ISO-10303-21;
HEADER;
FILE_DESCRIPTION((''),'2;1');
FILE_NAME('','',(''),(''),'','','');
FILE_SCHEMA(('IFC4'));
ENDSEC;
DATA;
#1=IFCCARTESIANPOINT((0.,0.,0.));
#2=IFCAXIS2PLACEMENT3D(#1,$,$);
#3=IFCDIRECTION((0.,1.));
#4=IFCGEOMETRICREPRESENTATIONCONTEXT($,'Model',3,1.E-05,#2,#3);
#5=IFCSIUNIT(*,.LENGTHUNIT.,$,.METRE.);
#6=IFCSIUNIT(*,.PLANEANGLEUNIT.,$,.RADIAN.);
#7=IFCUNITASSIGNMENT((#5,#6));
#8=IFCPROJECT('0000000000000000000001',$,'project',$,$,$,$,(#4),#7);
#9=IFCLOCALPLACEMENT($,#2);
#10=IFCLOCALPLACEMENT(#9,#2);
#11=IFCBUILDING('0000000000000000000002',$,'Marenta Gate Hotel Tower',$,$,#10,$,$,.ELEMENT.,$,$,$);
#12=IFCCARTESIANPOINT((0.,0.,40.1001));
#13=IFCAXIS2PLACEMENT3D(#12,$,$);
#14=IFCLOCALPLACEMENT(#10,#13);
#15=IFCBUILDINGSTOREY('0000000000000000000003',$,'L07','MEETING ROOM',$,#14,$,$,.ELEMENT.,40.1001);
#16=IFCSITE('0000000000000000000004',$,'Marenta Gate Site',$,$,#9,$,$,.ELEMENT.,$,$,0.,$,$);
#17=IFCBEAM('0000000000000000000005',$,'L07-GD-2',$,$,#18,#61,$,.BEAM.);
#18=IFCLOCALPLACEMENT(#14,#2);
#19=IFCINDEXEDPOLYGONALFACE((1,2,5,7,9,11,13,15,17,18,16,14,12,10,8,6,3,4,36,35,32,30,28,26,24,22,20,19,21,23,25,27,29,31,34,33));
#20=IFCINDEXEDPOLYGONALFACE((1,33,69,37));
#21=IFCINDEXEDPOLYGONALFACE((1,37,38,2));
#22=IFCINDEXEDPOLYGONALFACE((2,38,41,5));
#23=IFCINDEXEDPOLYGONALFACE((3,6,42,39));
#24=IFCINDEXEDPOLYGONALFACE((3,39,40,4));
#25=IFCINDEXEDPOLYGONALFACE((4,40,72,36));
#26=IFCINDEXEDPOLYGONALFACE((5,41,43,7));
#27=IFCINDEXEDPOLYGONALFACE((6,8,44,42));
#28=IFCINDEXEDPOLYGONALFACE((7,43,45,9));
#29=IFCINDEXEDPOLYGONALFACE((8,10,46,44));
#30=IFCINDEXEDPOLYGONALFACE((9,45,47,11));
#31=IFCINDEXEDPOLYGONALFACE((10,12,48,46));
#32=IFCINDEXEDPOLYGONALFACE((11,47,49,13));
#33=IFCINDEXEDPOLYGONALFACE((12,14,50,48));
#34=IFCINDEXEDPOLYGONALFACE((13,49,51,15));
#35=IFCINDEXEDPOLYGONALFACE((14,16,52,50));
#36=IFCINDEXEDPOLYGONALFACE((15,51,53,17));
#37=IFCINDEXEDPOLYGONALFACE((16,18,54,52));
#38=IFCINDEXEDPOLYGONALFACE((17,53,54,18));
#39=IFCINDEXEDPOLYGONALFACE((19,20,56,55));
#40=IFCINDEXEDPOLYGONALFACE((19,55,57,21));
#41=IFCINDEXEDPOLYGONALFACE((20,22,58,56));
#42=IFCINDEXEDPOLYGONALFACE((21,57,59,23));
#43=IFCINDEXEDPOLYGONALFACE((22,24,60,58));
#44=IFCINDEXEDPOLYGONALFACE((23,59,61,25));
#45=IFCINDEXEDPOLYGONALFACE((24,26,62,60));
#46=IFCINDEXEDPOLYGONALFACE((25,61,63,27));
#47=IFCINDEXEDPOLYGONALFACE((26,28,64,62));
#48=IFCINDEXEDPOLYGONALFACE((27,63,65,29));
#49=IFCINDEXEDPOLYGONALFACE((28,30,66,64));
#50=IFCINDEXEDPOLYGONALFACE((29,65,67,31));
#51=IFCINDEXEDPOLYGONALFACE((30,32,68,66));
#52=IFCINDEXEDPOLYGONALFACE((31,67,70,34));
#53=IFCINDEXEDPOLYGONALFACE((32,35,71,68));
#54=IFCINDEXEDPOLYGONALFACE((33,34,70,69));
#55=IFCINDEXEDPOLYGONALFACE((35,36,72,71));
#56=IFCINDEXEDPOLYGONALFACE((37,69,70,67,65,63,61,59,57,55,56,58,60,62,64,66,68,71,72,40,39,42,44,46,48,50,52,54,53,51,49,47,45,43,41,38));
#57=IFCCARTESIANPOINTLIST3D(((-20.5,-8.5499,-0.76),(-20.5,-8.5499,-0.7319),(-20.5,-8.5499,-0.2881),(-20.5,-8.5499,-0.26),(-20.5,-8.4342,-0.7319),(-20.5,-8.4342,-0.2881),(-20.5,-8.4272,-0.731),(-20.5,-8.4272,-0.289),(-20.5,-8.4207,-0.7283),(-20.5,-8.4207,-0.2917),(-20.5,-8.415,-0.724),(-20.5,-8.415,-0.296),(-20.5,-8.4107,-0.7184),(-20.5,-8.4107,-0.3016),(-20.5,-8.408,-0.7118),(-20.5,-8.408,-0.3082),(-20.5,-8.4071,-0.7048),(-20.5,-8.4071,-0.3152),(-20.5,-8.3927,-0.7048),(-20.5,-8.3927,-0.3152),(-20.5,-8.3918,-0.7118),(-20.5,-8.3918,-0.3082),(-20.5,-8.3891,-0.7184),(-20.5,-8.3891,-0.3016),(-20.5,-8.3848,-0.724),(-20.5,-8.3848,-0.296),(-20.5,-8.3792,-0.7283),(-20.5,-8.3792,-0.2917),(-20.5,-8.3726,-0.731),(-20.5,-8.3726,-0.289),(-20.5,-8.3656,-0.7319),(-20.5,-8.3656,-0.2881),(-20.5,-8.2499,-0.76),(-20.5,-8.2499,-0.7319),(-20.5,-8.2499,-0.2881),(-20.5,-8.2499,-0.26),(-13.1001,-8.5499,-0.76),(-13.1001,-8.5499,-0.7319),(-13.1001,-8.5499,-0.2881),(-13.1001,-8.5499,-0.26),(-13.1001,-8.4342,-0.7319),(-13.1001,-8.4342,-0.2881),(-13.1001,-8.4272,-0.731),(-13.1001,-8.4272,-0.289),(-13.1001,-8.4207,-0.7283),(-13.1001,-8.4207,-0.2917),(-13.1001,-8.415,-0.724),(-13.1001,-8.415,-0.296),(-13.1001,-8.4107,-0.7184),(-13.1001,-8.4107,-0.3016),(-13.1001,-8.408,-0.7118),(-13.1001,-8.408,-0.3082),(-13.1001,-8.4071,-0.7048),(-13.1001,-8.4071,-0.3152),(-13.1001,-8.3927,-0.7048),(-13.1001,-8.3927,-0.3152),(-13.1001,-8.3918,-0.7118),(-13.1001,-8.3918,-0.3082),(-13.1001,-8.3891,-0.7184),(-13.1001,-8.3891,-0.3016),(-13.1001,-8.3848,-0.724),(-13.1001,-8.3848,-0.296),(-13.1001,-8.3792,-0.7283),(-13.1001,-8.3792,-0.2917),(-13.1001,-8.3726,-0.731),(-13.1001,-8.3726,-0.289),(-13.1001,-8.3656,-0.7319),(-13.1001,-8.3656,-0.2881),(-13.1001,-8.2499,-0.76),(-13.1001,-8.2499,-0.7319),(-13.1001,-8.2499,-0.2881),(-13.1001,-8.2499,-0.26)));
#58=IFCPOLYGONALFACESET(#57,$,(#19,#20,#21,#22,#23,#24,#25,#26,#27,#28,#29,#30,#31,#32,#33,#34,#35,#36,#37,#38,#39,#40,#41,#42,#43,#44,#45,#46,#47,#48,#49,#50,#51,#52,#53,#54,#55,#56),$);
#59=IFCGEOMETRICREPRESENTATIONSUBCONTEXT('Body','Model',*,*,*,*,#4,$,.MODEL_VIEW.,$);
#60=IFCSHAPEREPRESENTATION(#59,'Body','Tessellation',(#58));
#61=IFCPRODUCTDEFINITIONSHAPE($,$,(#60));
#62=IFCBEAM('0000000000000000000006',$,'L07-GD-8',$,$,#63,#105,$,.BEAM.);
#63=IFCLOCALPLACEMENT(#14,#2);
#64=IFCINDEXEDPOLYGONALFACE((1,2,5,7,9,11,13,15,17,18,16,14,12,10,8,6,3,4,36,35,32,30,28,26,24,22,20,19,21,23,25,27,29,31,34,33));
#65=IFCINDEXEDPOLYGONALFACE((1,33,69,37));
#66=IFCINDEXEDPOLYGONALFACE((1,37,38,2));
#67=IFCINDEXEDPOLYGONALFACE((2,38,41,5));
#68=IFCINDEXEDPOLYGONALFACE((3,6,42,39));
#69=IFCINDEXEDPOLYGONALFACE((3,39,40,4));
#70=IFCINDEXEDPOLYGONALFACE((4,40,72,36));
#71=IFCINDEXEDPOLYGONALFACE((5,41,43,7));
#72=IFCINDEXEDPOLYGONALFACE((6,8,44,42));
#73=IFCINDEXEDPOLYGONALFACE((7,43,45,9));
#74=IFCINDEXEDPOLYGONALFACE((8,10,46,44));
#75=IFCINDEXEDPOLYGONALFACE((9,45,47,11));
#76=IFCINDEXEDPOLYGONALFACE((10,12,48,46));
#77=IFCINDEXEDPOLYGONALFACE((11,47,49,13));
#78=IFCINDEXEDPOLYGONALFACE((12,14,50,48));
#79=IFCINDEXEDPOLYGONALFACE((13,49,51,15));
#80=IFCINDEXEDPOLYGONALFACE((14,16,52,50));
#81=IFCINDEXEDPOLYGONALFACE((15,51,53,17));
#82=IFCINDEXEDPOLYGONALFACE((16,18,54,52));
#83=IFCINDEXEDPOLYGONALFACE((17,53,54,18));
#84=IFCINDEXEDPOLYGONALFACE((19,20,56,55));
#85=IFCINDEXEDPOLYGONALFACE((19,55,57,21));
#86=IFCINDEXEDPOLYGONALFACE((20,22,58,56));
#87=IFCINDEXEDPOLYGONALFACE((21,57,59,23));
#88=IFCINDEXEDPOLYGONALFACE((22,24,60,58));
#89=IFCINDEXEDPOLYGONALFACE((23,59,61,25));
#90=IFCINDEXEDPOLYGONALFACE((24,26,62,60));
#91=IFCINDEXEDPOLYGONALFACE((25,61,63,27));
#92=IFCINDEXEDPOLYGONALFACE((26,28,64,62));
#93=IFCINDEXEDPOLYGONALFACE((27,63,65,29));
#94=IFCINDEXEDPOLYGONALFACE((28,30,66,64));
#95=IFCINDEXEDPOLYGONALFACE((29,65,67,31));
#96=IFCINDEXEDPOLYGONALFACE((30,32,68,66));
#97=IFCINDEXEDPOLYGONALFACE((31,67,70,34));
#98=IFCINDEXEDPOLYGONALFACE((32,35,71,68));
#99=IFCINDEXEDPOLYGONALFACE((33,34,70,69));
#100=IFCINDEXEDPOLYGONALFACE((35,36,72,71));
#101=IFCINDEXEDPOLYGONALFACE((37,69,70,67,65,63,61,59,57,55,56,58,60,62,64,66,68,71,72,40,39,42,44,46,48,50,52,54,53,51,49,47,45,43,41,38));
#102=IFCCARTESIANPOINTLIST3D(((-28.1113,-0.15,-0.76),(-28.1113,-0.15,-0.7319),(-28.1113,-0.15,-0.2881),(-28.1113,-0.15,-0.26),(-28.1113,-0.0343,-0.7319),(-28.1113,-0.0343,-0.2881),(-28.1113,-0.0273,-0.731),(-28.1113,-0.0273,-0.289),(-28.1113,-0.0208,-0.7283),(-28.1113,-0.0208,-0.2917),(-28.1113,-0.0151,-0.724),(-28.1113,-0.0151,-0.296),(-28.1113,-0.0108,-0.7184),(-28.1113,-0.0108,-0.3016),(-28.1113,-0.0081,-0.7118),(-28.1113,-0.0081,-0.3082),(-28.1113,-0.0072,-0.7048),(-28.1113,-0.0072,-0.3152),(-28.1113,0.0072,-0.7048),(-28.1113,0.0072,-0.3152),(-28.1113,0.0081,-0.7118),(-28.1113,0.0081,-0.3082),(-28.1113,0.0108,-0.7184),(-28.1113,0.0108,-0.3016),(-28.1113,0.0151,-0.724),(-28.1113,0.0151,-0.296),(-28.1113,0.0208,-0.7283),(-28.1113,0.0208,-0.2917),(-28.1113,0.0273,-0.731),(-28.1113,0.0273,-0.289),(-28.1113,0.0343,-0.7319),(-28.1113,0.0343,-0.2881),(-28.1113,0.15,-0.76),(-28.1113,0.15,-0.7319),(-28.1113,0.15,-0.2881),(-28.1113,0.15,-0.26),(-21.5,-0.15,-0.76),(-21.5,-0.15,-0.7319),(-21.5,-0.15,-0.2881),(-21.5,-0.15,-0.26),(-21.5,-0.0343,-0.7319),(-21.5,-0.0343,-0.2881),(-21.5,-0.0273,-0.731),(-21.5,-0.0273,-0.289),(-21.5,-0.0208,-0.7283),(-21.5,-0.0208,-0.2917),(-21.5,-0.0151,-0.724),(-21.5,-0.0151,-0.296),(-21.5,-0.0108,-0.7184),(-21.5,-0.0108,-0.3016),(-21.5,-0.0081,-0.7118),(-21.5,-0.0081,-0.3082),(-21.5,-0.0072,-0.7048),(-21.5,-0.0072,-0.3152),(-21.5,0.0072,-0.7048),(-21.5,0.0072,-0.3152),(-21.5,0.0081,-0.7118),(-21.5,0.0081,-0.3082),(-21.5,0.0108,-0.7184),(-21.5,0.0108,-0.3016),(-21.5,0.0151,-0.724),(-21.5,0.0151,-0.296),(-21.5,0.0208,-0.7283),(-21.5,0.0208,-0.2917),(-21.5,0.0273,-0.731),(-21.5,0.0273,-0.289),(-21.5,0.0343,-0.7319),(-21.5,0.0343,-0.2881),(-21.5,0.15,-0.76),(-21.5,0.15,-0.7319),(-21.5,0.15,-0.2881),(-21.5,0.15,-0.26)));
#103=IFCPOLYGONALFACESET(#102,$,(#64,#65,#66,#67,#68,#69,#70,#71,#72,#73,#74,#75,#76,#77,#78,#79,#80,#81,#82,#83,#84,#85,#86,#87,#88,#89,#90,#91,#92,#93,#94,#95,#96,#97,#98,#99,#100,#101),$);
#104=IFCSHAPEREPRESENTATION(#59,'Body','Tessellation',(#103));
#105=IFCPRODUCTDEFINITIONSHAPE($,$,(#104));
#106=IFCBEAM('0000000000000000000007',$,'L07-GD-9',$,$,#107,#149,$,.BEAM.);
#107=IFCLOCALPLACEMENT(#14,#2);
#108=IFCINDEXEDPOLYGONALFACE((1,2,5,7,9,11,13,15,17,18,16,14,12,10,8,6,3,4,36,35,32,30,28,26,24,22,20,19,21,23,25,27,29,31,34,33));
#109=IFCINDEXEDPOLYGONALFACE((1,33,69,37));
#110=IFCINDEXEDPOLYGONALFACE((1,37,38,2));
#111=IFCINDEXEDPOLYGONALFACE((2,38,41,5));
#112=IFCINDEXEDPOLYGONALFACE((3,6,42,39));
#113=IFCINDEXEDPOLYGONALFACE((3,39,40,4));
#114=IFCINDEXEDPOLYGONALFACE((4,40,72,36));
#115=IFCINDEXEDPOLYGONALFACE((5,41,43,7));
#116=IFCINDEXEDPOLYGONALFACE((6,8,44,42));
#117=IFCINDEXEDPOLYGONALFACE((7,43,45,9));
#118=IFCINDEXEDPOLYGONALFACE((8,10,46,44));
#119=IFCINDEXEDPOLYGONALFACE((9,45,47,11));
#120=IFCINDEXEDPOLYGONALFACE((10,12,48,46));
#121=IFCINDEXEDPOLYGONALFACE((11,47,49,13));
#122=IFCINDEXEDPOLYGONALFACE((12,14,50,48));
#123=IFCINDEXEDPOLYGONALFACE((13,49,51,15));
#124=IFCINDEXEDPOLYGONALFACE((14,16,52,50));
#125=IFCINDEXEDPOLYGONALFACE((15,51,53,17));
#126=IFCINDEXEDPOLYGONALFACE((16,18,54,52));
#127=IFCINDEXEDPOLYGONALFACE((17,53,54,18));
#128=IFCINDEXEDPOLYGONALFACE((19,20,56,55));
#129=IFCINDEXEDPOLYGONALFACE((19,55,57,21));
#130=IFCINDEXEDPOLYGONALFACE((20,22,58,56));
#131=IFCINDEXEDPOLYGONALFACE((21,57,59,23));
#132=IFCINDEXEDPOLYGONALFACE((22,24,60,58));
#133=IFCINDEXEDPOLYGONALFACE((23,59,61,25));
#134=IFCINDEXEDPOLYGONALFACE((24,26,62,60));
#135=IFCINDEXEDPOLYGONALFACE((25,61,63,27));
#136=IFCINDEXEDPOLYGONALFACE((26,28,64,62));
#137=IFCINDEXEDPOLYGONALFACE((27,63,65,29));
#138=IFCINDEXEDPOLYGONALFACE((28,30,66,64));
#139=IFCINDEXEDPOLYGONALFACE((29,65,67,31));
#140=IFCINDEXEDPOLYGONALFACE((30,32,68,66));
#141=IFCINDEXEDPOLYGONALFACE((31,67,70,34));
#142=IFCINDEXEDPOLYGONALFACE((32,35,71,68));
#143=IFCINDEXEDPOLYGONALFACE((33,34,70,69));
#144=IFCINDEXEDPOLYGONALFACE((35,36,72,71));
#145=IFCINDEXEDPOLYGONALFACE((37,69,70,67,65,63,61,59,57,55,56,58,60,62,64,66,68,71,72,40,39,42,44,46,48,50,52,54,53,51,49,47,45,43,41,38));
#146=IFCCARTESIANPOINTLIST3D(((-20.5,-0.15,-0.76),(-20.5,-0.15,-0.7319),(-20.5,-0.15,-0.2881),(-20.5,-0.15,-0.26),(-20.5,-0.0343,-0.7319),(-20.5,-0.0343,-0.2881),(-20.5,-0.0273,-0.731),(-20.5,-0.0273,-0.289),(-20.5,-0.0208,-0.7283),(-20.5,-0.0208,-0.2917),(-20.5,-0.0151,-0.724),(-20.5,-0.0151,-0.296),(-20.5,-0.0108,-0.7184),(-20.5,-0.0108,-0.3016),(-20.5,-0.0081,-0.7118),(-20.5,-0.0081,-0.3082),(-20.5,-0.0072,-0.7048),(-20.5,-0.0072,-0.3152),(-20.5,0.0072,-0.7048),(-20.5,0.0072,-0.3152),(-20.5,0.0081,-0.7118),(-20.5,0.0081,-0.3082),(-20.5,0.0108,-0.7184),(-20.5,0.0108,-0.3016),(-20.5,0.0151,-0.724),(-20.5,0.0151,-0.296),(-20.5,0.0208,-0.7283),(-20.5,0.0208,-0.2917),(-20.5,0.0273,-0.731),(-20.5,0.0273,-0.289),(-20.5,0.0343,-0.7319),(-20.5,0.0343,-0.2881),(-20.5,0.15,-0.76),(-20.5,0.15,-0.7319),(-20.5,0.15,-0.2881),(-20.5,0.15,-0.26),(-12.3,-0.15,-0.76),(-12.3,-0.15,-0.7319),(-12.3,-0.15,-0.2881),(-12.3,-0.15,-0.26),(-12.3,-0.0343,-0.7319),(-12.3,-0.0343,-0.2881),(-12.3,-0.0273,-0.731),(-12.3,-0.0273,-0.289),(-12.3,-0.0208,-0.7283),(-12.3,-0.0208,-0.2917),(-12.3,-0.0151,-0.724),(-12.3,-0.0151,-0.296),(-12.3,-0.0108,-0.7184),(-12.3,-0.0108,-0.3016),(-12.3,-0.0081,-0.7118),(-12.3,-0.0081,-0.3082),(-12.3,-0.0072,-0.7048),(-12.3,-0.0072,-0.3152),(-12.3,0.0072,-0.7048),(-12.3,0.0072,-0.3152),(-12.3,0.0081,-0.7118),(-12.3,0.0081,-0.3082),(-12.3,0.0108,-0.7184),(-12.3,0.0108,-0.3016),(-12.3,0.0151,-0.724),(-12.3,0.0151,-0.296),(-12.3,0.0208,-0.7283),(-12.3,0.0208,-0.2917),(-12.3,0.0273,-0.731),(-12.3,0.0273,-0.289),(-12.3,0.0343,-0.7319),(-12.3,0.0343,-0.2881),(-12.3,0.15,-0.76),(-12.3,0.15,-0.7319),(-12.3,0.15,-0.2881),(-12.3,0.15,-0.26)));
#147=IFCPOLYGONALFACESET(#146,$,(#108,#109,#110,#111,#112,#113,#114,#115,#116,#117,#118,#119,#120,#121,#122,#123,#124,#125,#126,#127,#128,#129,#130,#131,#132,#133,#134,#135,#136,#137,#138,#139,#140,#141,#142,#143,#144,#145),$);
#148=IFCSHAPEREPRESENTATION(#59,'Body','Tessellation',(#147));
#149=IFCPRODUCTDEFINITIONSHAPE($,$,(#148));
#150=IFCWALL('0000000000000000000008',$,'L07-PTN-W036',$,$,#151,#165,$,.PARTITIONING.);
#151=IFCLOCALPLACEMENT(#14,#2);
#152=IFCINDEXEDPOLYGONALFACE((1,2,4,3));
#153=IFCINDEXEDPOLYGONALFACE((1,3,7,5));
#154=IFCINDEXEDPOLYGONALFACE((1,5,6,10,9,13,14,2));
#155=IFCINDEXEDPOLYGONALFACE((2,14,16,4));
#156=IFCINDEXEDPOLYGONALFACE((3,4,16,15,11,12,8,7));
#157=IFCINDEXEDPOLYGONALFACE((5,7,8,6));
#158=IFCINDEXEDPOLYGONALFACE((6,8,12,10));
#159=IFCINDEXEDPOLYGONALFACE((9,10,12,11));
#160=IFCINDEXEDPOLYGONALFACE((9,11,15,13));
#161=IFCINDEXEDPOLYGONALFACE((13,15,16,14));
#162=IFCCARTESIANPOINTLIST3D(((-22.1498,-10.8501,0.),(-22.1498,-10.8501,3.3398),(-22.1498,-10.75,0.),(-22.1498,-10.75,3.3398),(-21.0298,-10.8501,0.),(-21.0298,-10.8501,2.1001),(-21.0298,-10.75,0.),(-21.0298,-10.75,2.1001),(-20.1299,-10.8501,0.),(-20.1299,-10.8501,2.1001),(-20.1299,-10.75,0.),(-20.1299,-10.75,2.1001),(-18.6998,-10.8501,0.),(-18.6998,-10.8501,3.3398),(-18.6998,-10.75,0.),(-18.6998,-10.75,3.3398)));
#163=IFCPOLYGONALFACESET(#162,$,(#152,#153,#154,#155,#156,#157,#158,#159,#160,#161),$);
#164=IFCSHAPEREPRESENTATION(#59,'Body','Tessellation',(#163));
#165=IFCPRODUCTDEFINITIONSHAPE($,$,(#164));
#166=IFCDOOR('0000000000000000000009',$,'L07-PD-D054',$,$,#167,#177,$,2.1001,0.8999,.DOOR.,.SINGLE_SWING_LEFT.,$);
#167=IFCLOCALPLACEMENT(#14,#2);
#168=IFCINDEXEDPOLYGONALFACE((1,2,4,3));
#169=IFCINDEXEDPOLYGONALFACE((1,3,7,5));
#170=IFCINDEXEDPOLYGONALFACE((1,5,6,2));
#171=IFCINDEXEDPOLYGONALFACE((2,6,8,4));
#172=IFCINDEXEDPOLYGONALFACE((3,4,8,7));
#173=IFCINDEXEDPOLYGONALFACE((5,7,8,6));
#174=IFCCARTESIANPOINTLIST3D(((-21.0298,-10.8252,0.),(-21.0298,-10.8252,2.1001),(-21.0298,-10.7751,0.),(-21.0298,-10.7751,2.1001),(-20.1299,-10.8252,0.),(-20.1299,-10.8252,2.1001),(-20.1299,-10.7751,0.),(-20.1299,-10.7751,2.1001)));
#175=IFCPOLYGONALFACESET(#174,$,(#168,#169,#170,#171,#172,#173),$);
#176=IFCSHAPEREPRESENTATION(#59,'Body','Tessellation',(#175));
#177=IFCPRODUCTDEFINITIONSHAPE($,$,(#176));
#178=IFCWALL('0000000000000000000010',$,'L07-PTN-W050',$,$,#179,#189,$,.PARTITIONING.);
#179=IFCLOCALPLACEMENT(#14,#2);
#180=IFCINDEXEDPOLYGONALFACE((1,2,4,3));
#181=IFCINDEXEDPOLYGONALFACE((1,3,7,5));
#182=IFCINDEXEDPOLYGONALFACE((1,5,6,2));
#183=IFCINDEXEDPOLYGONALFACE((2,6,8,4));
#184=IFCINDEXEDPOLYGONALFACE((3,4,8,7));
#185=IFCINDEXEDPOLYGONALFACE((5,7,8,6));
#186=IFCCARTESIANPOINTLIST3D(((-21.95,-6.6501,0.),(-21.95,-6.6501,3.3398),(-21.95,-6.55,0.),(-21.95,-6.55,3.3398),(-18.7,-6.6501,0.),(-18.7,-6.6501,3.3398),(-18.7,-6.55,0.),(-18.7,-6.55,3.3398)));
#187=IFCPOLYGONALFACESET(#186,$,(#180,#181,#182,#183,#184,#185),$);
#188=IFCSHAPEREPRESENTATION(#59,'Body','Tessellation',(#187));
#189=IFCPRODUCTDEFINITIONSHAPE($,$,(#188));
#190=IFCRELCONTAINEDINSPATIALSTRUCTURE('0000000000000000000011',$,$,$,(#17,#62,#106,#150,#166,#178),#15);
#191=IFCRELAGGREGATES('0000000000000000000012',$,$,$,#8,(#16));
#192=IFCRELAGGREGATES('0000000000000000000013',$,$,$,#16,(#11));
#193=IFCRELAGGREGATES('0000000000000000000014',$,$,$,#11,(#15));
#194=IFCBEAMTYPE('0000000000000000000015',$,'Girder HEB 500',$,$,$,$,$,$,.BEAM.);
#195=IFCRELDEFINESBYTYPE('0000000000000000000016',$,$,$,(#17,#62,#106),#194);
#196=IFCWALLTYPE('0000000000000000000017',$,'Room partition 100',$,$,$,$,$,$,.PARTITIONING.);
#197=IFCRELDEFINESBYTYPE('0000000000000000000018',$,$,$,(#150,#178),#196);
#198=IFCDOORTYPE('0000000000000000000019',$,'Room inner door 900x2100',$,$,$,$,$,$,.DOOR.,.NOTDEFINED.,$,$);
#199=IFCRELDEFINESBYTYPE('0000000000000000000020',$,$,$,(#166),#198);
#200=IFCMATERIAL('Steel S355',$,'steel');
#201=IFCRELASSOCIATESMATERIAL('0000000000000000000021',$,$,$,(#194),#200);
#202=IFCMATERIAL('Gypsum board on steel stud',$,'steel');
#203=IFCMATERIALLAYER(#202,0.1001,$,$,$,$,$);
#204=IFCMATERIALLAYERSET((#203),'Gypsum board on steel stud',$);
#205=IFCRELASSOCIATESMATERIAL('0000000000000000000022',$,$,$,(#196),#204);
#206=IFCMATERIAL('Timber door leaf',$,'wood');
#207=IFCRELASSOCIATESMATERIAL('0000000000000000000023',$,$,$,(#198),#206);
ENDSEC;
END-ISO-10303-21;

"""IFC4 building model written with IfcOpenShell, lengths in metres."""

from ifc_helpers import new_model, si_unit, direction, frame, frame_2d, origin, origin_2d, place, context, subcontext, project, spatial, rectangle, i_section, extrude, material, layer, layer_set, material_profile, profile_set, type_object, element, fill, save


model = new_model("IFC4")

# Units and contexts
model_context = context("Model", 3, precision=1e-05, world=origin(), true_north=direction((0.0, 1.0)))
body_context = subcontext(model_context, "Body", "Model", "MODEL_VIEW")
ifc_project = project(units=[si_unit("LENGTHUNIT", "METRE"), si_unit("PLANEANGLEUNIT", "RADIAN")], contexts=[model_context])

# Site, building, storey
site_placement = place(None, origin())
site = spatial("IfcSite", under=ifc_project, at=site_placement, Name="Marenta Gate Site", CompositionType="ELEMENT", RefElevation=0.0)
building_placement = place(site_placement, origin())
building = spatial("IfcBuilding", under=site, at=building_placement, Name="Marenta Gate Hotel Tower", CompositionType="ELEMENT")
storey_placement = place(building_placement, frame((0.0, 0.0, 40.1001)))
storey = spatial("IfcBuildingStorey", under=building, at=storey_placement, Name="L07", Description="MEETING ROOM", CompositionType="ELEMENT", Elevation=40.1001)

# Beams
ifc_material_1 = material(Name="Steel S355", Category="steel")
ifc_material_profile_1 = material_profile(ifc_material_1, i_section(OverallWidth=0.3, OverallDepth=0.5, WebThickness=0.0144, FlangeThickness=0.0281, FilletRadius=0.0271, at=origin_2d()), Name="HEB 500")
ifc_profile_set_1 = profile_set([ifc_material_profile_1], Name="Steel S355")
beam_type_1 = type_object("IfcBeamType", Name="Girder HEB 500", PredefinedType="BEAM", material=ifc_profile_set_1)
beam_1_placement = place(storey_placement, frame((-20.5, -8.3999, -0.51), z_axis=(1.0, 0.0, 0.0), x_axis=(0.0, 1.0, 0.0)))
element("IfcBeam", 1, at=beam_1_placement, inside=storey, type_object=beam_type_1, Name="L07-GD-2", PredefinedType="BEAM", context=body_context, shape_type="SweptSolid", body=[
    extrude(i_section(OverallWidth=0.3, OverallDepth=0.5, WebThickness=0.0144, FlangeThickness=0.0281, FilletRadius=0.0271, at=origin_2d()), origin(), (0.0, 0.0, 1.0), 7.3999),
])
beam_2_placement = place(storey_placement, frame((-28.1113, 0.0, -0.51), z_axis=(1.0, 0.0, 0.0), x_axis=(0.0, 1.0, 0.0)))
element("IfcBeam", 2, at=beam_2_placement, inside=storey, type_object=beam_type_1, Name="L07-GD-8", PredefinedType="BEAM", context=body_context, shape_type="SweptSolid", body=[
    extrude(i_section(OverallWidth=0.3, OverallDepth=0.5, WebThickness=0.0144, FlangeThickness=0.0281, FilletRadius=0.0271, at=origin_2d()), origin(), (0.0, 0.0, 1.0), 6.6113),
])
beam_3_placement = place(storey_placement, frame((-20.5, 0.0, -0.51), z_axis=(1.0, 0.0, 0.0), x_axis=(0.0, 1.0, 0.0)))
element("IfcBeam", 3, at=beam_3_placement, inside=storey, type_object=beam_type_1, Name="L07-GD-9", PredefinedType="BEAM", context=body_context, shape_type="SweptSolid", body=[
    extrude(i_section(OverallWidth=0.3, OverallDepth=0.5, WebThickness=0.0144, FlangeThickness=0.0281, FilletRadius=0.0271, at=origin_2d()), origin(), (0.0, 0.0, 1.0), 8.2),
])

# Wall, opening, door
ifc_material_2 = material(Name="Gypsum board on steel stud", Category="steel")
ifc_layer_1 = layer(ifc_material_2, 0.1001)
ifc_layer_set_1 = layer_set([ifc_layer_1], Name="Gypsum board on steel stud")
wall_type_1 = type_object("IfcWallType", Name="Room partition 100", PredefinedType="PARTITIONING", material=ifc_layer_set_1)
wall_1_placement = place(storey_placement, frame((-22.1499, -10.8, 0.0), z_axis=(0.0, 0.0, 1.0), x_axis=(1.0, 0.0, 0.0)))
wall_1 = element("IfcWall", 4, at=wall_1_placement, inside=storey, type_object=wall_type_1, Name="L07-PTN-W036", PredefinedType="PARTITIONING", context=body_context, shape_type="SweptSolid", body=[
    extrude(rectangle(XDim=3.45, YDim=0.1001, at=frame_2d((1.7251, 0.0))), origin(), (0.0, 0.0, 1.0), 3.3398),
])
opening_1_placement = place(wall_1_placement, frame((1.1201, 0.0, 0.0)))
opening_1 = element("IfcOpeningElement", 5, at=opening_1_placement, cuts=wall_1, PredefinedType="OPENING", context=body_context, shape_type="SweptSolid", body=[
    extrude(rectangle(XDim=0.8999, YDim=2.1001, at=frame_2d((0.45, 1.05))), frame((0.0, 0.05, 0.0), z_axis=(0.0, -1.0, 0.0), x_axis=(1.0, 0.0, 0.0)), (0.0, 0.0, 1.0), 0.1001),
])
ifc_material_3 = material(Name="Timber door leaf", Category="wood")
door_type_1 = type_object("IfcDoorType", Name="Room inner door 900x2100", OperationType="NOTDEFINED", PredefinedType="DOOR", material=ifc_material_3)
door_1_placement = place(opening_1_placement, origin())
door_1 = element("IfcDoor", 6, at=door_1_placement, inside=storey, type_object=door_type_1, Name="L07-PD-D054", OperationType="SINGLE_SWING_LEFT", OverallHeight=2.1001, OverallWidth=0.8999, PredefinedType="DOOR", context=body_context, shape_type="SweptSolid", body=[
    extrude(rectangle(XDim=0.8999, YDim=2.1001, at=frame_2d((0.45, 1.05))), frame((0.0, 0.0249, 0.0), z_axis=(0.0, -1.0, 0.0), x_axis=(1.0, 0.0, 0.0)), (0.0, 0.0, 1.0), 0.05),
])
fill(opening_1, door_1)

# Wall
wall_2_placement = place(storey_placement, frame((-21.95, -6.6001, 0.0), z_axis=(0.0, 0.0, 1.0), x_axis=(1.0, 0.0, 0.0)))
element("IfcWall", 7, at=wall_2_placement, inside=storey, type_object=wall_type_1, Name="L07-PTN-W050", PredefinedType="PARTITIONING", context=body_context, shape_type="SweptSolid", body=[
    extrude(rectangle(XDim=3.25, YDim=0.1001, at=frame_2d((1.625, 0.0))), origin(), (0.0, 0.0, 1.0), 3.3398),
])

save(model, "model.ifc")
